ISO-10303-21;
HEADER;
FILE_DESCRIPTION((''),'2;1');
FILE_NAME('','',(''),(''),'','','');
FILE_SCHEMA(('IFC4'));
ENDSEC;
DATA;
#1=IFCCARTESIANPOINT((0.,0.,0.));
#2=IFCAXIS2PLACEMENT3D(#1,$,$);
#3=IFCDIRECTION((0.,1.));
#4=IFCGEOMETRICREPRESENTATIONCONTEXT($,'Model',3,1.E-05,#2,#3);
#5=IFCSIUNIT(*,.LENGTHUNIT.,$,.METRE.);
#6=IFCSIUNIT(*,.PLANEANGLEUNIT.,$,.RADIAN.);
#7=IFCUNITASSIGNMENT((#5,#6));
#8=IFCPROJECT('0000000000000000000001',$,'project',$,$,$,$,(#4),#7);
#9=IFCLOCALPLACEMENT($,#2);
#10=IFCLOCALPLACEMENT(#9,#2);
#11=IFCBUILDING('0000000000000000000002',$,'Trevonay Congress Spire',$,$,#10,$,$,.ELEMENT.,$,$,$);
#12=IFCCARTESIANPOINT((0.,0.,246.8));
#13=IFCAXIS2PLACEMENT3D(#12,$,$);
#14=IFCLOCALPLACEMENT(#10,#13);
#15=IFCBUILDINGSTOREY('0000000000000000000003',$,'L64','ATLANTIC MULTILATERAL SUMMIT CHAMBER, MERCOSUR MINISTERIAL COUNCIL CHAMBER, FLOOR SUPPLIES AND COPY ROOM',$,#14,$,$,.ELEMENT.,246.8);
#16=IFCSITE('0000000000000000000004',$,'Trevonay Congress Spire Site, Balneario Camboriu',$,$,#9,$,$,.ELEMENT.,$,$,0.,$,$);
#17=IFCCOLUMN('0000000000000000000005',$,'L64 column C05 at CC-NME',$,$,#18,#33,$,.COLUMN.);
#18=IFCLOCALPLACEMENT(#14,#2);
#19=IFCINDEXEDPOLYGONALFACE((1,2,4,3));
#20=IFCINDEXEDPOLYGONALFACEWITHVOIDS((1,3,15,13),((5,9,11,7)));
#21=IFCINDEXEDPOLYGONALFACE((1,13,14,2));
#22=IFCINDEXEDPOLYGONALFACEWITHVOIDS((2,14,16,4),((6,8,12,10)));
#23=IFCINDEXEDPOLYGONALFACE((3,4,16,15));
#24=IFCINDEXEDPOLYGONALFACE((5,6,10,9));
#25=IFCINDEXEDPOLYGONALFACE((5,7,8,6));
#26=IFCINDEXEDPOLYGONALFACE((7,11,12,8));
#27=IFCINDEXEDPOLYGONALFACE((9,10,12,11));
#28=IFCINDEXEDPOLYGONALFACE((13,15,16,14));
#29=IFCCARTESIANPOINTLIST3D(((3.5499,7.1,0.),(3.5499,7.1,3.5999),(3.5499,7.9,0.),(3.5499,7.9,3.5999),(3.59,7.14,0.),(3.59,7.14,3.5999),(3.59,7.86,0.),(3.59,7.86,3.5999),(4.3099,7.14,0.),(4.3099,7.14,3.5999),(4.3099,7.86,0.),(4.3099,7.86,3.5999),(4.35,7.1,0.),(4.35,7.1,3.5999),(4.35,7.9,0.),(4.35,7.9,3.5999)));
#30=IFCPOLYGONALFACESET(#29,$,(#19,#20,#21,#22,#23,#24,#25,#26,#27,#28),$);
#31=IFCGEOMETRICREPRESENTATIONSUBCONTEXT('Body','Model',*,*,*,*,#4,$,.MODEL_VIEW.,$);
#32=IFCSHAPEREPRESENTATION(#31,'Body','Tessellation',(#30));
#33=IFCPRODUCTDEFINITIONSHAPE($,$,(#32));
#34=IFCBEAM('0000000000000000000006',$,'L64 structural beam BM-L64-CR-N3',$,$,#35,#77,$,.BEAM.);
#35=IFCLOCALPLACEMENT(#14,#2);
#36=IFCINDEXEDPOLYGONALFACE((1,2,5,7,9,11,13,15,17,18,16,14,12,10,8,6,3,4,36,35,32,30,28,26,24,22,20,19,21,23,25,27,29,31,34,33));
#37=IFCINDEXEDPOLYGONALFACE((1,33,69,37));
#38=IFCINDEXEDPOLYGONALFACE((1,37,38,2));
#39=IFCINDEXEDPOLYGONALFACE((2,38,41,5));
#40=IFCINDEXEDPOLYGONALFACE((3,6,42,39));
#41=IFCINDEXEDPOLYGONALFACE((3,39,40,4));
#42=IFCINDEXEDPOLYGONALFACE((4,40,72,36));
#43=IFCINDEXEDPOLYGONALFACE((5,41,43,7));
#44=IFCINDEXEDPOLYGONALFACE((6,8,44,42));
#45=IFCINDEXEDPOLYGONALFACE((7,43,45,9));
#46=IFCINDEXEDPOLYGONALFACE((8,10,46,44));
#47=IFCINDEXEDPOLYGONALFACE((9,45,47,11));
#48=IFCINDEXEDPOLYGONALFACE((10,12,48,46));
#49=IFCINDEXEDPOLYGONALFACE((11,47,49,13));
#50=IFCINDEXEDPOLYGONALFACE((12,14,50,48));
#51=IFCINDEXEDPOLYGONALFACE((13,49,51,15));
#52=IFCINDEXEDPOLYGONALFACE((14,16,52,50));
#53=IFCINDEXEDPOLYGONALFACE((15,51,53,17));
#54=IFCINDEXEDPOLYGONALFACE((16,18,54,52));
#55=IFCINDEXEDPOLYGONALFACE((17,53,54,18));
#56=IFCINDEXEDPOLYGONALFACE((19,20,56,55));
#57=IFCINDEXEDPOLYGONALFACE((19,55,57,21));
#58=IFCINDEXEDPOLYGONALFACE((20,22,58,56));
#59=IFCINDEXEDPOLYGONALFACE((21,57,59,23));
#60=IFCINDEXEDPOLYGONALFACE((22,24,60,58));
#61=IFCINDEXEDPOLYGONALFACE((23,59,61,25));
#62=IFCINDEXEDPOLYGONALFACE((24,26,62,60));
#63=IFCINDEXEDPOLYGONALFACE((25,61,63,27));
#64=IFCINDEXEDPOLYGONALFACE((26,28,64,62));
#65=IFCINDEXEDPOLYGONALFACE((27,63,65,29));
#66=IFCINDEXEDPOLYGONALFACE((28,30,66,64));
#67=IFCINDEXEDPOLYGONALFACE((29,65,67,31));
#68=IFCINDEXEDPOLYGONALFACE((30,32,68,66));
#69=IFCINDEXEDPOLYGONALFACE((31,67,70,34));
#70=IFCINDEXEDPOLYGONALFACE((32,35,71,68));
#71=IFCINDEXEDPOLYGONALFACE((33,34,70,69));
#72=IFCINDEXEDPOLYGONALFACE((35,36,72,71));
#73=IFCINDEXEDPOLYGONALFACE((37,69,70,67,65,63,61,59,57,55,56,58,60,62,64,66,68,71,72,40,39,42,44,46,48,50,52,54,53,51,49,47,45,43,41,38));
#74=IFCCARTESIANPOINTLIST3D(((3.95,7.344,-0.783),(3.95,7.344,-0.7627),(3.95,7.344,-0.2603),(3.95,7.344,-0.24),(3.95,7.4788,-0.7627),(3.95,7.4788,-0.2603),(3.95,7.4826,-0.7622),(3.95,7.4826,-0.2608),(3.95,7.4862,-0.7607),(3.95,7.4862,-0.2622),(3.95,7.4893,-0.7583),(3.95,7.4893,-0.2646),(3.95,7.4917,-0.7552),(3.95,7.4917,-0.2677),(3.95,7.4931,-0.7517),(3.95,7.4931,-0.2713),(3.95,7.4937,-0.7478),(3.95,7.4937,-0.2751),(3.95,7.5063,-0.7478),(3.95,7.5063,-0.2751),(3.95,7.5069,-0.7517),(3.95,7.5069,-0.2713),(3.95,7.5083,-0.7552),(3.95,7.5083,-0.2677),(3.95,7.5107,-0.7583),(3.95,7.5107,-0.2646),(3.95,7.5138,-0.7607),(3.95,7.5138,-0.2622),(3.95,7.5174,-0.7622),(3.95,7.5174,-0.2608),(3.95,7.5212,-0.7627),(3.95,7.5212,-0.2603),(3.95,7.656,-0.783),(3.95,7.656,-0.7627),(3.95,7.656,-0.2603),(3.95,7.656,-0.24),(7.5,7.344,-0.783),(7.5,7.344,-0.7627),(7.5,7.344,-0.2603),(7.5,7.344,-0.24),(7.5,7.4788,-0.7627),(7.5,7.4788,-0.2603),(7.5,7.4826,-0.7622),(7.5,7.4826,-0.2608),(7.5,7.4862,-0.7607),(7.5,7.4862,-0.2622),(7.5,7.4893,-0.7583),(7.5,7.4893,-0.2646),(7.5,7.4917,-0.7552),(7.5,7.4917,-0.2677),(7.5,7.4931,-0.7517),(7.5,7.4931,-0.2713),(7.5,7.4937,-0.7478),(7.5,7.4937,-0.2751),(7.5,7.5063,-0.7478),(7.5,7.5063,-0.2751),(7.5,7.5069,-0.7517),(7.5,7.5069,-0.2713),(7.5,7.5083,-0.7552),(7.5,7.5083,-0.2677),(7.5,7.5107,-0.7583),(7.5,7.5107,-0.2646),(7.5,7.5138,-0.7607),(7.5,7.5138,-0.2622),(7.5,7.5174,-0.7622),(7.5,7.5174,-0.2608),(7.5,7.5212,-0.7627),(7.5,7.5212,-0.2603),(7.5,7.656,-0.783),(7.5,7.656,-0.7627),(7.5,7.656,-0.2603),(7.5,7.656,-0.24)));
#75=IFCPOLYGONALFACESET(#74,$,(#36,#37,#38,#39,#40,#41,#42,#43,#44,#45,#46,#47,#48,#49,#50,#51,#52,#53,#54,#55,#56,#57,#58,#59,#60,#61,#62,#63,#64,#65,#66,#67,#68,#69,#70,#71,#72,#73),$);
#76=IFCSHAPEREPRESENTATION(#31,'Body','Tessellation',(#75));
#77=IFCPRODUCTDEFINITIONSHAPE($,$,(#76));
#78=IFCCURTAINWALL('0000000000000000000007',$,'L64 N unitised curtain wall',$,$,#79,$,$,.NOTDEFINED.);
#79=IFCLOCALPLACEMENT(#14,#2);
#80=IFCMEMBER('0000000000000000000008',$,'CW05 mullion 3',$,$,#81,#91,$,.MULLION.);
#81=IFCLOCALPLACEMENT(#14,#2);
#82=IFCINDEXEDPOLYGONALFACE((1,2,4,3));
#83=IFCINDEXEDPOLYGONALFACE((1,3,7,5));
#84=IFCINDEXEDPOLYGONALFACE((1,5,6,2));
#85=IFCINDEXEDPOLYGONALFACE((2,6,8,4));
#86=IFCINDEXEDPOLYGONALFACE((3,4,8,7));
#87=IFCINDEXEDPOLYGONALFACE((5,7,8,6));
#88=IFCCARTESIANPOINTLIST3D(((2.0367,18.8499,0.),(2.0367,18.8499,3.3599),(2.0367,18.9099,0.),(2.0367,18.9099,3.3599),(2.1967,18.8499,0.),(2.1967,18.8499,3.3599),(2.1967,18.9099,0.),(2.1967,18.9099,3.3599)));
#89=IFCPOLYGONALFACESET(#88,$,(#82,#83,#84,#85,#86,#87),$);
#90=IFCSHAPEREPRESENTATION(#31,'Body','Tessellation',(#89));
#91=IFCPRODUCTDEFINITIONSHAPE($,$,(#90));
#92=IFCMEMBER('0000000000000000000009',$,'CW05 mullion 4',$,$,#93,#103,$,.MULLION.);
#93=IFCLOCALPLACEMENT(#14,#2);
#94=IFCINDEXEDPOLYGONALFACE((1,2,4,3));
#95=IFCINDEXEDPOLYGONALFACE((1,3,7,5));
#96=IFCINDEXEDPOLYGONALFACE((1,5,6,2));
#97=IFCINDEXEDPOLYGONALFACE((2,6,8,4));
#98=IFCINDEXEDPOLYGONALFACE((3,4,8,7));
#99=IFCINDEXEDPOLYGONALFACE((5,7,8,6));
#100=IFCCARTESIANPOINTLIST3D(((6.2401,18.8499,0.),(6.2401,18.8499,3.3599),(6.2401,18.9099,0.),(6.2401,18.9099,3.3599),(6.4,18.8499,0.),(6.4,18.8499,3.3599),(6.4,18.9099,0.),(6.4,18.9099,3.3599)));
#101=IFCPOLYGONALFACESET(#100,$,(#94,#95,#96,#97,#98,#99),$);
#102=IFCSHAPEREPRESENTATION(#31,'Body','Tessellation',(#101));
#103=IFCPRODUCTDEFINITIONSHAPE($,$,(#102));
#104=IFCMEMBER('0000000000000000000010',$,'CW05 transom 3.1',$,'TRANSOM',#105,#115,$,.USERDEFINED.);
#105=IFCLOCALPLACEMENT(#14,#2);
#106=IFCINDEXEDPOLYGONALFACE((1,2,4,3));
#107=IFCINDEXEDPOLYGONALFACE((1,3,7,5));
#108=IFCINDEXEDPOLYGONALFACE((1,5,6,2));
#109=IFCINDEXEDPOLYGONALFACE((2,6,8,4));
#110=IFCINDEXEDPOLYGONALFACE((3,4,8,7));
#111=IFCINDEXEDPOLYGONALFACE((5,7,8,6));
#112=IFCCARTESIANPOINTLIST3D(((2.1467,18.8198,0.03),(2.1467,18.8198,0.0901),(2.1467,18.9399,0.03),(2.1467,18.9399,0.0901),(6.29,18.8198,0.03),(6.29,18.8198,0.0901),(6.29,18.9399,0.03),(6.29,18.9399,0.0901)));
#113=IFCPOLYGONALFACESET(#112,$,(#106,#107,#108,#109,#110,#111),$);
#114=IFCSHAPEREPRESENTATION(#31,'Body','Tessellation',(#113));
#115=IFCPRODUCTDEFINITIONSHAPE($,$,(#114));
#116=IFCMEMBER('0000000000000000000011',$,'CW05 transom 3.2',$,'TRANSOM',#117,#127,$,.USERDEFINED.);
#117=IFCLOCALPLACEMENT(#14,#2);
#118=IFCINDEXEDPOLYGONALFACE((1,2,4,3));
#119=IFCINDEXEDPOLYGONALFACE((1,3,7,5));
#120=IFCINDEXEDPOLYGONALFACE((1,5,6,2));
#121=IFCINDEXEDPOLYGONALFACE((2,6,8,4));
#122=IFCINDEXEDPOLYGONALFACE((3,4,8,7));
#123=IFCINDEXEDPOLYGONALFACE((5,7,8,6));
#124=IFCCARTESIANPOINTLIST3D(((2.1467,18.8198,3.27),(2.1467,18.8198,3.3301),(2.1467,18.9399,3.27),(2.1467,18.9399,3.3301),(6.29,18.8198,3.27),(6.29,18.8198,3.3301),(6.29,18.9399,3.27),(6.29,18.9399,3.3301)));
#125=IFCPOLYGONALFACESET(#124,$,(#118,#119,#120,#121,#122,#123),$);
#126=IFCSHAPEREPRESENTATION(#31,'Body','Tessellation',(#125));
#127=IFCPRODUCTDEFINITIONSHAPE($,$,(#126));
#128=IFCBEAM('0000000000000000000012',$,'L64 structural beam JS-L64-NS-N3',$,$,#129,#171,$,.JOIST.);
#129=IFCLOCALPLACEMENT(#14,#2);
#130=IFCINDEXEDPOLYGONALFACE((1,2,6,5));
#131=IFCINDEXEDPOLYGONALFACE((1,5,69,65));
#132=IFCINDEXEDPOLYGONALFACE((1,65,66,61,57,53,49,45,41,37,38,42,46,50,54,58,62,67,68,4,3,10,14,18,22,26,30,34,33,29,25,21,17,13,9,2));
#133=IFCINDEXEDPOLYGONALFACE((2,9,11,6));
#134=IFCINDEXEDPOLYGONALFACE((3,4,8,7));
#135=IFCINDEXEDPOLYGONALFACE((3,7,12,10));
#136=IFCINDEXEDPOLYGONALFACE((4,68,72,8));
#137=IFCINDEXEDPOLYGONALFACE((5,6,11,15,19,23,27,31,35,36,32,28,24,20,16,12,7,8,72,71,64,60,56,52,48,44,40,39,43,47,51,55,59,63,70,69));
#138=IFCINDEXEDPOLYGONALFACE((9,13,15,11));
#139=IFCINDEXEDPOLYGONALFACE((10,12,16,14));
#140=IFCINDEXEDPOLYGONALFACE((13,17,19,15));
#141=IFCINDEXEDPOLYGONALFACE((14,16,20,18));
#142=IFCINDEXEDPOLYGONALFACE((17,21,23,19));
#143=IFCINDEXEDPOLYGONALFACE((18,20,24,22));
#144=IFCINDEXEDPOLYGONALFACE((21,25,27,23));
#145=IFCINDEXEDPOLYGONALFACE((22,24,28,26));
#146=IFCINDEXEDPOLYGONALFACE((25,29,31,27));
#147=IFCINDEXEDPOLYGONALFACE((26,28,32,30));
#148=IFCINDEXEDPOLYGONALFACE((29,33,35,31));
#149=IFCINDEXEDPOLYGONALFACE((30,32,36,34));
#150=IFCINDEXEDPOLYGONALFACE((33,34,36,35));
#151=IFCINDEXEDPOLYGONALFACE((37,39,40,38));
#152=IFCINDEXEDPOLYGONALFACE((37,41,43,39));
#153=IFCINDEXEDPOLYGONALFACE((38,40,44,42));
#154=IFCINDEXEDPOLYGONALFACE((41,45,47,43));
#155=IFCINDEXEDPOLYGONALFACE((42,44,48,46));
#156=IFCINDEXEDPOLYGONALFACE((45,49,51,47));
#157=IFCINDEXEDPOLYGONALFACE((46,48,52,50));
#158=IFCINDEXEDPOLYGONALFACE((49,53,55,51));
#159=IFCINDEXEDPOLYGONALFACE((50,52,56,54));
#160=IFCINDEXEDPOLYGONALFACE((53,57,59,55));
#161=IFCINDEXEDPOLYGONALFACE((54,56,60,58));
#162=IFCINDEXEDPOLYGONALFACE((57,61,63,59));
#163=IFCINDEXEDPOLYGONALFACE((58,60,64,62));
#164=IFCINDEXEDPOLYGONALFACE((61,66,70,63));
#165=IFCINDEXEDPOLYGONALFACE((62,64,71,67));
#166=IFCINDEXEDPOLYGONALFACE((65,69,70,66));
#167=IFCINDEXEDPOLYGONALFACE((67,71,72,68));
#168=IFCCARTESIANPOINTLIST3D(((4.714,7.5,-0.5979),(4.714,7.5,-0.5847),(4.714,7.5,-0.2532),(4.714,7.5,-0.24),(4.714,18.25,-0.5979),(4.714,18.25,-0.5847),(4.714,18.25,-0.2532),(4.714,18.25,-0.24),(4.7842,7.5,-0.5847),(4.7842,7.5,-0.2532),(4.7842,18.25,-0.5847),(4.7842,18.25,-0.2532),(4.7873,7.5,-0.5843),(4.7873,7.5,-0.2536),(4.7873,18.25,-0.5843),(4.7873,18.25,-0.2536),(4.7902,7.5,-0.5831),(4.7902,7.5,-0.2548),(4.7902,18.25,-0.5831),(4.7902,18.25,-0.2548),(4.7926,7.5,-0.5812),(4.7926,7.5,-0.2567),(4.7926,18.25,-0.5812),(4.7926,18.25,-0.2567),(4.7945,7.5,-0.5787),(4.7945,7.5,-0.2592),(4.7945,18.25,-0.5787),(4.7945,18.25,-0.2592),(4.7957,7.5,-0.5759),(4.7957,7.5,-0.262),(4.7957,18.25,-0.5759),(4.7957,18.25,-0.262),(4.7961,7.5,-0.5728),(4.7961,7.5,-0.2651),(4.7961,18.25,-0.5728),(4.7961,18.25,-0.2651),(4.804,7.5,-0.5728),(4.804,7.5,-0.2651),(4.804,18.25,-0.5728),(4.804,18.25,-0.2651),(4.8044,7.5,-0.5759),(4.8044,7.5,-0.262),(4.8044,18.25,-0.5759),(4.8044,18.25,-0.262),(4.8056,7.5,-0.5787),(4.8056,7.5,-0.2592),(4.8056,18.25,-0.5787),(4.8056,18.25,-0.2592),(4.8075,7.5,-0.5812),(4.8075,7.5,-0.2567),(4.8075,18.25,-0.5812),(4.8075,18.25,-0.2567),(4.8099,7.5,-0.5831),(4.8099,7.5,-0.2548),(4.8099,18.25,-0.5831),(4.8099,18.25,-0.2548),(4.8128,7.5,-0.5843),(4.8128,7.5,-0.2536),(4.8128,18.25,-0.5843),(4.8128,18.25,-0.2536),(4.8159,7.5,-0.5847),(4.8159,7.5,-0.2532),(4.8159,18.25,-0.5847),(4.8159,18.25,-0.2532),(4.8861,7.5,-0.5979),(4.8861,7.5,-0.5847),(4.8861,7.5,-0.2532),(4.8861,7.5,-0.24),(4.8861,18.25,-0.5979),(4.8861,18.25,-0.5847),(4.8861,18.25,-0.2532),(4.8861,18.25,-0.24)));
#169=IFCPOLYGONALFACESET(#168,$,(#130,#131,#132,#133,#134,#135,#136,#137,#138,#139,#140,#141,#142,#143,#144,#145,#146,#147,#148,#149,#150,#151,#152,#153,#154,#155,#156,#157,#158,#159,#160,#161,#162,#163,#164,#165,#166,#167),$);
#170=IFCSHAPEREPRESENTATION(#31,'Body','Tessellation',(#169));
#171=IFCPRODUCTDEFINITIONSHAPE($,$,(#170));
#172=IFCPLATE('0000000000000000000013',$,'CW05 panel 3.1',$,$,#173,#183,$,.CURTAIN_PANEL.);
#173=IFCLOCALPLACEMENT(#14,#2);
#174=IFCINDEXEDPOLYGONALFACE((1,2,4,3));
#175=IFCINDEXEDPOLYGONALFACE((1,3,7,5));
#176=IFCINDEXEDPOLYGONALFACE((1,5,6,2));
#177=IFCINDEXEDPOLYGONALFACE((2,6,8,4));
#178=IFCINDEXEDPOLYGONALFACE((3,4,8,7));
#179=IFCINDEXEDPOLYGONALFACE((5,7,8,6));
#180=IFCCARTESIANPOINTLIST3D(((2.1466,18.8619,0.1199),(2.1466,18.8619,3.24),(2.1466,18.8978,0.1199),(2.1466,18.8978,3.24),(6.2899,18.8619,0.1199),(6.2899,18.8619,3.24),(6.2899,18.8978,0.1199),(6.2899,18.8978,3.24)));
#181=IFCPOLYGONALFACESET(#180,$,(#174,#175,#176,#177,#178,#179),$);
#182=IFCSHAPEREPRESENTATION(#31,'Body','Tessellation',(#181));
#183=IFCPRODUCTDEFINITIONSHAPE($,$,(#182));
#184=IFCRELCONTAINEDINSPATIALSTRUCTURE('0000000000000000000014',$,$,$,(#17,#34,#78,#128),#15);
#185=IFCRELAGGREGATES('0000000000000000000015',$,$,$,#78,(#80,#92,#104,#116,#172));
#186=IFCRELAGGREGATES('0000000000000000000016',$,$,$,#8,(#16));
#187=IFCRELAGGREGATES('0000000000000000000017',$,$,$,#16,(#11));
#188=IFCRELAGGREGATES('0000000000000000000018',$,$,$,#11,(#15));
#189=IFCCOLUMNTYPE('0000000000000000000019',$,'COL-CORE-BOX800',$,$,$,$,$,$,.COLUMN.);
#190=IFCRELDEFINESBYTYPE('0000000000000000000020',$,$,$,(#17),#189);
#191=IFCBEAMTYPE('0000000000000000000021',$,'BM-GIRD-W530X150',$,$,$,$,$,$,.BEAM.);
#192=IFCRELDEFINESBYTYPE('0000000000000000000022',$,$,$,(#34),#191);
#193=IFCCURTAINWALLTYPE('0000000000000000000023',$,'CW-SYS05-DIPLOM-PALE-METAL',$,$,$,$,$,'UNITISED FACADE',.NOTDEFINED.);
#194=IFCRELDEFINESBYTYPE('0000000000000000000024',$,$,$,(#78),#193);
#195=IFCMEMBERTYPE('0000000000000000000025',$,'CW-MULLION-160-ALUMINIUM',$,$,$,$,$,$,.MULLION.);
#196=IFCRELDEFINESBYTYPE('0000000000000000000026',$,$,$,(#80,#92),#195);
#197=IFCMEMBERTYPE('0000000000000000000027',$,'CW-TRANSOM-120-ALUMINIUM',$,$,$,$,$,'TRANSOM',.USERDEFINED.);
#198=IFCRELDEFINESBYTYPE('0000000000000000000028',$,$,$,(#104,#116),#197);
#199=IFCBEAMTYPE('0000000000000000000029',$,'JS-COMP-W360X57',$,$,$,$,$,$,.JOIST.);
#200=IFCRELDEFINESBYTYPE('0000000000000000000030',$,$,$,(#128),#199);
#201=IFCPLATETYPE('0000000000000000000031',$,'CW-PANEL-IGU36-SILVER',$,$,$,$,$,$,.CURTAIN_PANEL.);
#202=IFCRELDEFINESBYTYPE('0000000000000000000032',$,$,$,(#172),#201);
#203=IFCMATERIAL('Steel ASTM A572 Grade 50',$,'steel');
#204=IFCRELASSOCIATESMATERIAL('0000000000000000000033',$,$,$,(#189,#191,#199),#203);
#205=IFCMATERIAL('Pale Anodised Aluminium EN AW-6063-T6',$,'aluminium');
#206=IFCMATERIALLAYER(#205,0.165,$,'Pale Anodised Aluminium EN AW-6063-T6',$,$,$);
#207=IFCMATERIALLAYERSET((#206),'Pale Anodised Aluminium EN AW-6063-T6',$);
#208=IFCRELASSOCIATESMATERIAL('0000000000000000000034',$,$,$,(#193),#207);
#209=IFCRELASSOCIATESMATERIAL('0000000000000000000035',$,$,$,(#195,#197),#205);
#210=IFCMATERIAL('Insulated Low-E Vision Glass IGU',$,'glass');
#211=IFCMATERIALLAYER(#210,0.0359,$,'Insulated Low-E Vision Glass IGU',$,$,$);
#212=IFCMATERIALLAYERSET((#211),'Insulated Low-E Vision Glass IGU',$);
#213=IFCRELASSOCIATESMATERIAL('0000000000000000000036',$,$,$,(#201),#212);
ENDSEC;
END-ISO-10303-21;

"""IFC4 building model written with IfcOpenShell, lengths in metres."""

from ifc_helpers import new_model, si_unit, direction, frame, origin, origin_2d, place, context, subcontext, project, spatial, rectangle, hollow_rectangle, i_section, extrude, material, layer, layer_set, material_profile, profile_set, type_object, element, aggregate, save


model = new_model("IFC4")

# Units and contexts
model_context = context("Model", 3, precision=1e-05, world=origin(), true_north=direction((0.0, 1.0)))
body_context = subcontext(model_context, "Body", "Model", "MODEL_VIEW")
ifc_project = project(units=[si_unit("LENGTHUNIT", "METRE"), si_unit("PLANEANGLEUNIT", "RADIAN")], contexts=[model_context])

# Site, building, storey
site_placement = place(None, origin())
site = spatial("IfcSite", under=ifc_project, at=site_placement, Name="Trevonay Congress Spire Site, Balneario Camboriu", CompositionType="ELEMENT", RefElevation=0.0)
building_placement = place(site_placement, origin())
building = spatial("IfcBuilding", under=site, at=building_placement, Name="Trevonay Congress Spire", CompositionType="ELEMENT")
storey_placement = place(building_placement, frame((0.0, 0.0, 246.8)))
storey = spatial("IfcBuildingStorey", under=building, at=storey_placement, Name="L64", Description="ATLANTIC MULTILATERAL SUMMIT CHAMBER, MERCOSUR MINISTERIAL COUNCIL CHAMBER, FLOOR SUPPLIES AND COPY ROOM", CompositionType="ELEMENT", Elevation=246.8)

# Column
ifc_material_1 = material(Name="Steel ASTM A572 Grade 50", Category="steel")
ifc_material_profile_1 = material_profile(ifc_material_1, hollow_rectangle(XDim=0.8, YDim=0.8, WallThickness=0.04, at=origin_2d()), Name="BOX 800x800x40")
ifc_profile_set_1 = profile_set([ifc_material_profile_1], Name="Steel ASTM A572 Grade 50")
column_type = type_object("IfcColumnType", Name="COL-CORE-BOX800", PredefinedType="COLUMN", material=ifc_profile_set_1)
column_placement = place(storey_placement, frame((3.95, 7.5, 0.0), z_axis=(0.0, 0.0, 1.0), x_axis=(1.0, 0.0, 0.0)))
element("IfcColumn", 1, at=column_placement, inside=storey, type_object=column_type, Name="L64 column C05 at CC-NME", PredefinedType="COLUMN", context=body_context, shape_type="SweptSolid", body=[
    extrude(hollow_rectangle(XDim=0.8, YDim=0.8, WallThickness=0.04, at=origin_2d()), origin(), (0.0, 0.0, 1.0), 3.5999),
])

# Beam
ifc_material_profile_2 = material_profile(ifc_material_1, i_section(OverallWidth=0.312, OverallDepth=0.543, WebThickness=0.0127, FlangeThickness=0.0203, FilletRadius=0.0149, at=origin_2d()), Name="W530x150")
ifc_profile_set_2 = profile_set([ifc_material_profile_2], Name="Steel ASTM A572 Grade 50")
beam_type_1 = type_object("IfcBeamType", Name="BM-GIRD-W530X150", PredefinedType="BEAM", material=ifc_profile_set_2)
beam_1_placement = place(storey_placement, frame((3.95, 7.5, -0.5115), z_axis=(1.0, 0.0, 0.0), x_axis=(0.0, 1.0, 0.0)))
element("IfcBeam", 2, at=beam_1_placement, inside=storey, type_object=beam_type_1, Name="L64 structural beam BM-L64-CR-N3", PredefinedType="BEAM", context=body_context, shape_type="SweptSolid", body=[
    extrude(i_section(OverallWidth=0.312, OverallDepth=0.543, WebThickness=0.0127, FlangeThickness=0.0203, FilletRadius=0.0149, at=origin_2d()), origin(), (0.0, 0.0, 1.0), 3.55),
])

# Curtain wall, members
ifc_material_2 = material(Name="Pale Anodised Aluminium EN AW-6063-T6", Category="aluminium")
ifc_layer_1 = layer(ifc_material_2, 0.165, Name="Pale Anodised Aluminium EN AW-6063-T6")
ifc_layer_set_1 = layer_set([ifc_layer_1], Name="Pale Anodised Aluminium EN AW-6063-T6")
curtain_wall_type = type_object("IfcCurtainWallType", Name="CW-SYS05-DIPLOM-PALE-METAL", ElementType="UNITISED FACADE", PredefinedType="NOTDEFINED", material=ifc_layer_set_1)
curtain_wall_placement = place(storey_placement, origin())
curtain_wall = element("IfcCurtainWall", 3, at=curtain_wall_placement, inside=storey, type_object=curtain_wall_type, Name="L64 N unitised curtain wall", PredefinedType="NOTDEFINED")
ifc_material_profile_3 = material_profile(ifc_material_2, rectangle(XDim=0.0601, YDim=0.1599, at=origin_2d()), Name="CW-MULLION-160-ALUMINIUM")
ifc_profile_set_3 = profile_set([ifc_material_profile_3], Name="Pale Anodised Aluminium EN AW-6063-T6")
member_type_1 = type_object("IfcMemberType", Name="CW-MULLION-160-ALUMINIUM", PredefinedType="MULLION", material=ifc_profile_set_3)
member_1_placement = place(storey_placement, frame((2.1167, 18.8799, 0.0), z_axis=(0.0, 0.0, 1.0), x_axis=(0.0, 1.0, 0.0)))
member_1 = element("IfcMember", 4, at=member_1_placement, type_object=member_type_1, Name="CW05 mullion 3", PredefinedType="MULLION", context=body_context, shape_type="SweptSolid", body=[
    extrude(rectangle(XDim=0.0601, YDim=0.1599, at=origin_2d()), origin(), (0.0, 0.0, 1.0), 3.3599),
])
member_2_placement = place(storey_placement, frame((6.3201, 18.8799, 0.0), z_axis=(0.0, 0.0, 1.0), x_axis=(0.0, 1.0, 0.0)))
member_2 = element("IfcMember", 5, at=member_2_placement, type_object=member_type_1, Name="CW05 mullion 4", PredefinedType="MULLION", context=body_context, shape_type="SweptSolid", body=[
    extrude(rectangle(XDim=0.0601, YDim=0.1599, at=origin_2d()), origin(), (0.0, 0.0, 1.0), 3.3599),
])
ifc_material_profile_4 = material_profile(ifc_material_2, rectangle(XDim=0.1201, YDim=0.0601, at=origin_2d()), Name="CW-TRANSOM-120-ALUMINIUM")
ifc_profile_set_4 = profile_set([ifc_material_profile_4], Name="Pale Anodised Aluminium EN AW-6063-T6")
member_type_2 = type_object("IfcMemberType", Name="CW-TRANSOM-120-ALUMINIUM", ElementType="TRANSOM", PredefinedType="USERDEFINED", material=ifc_profile_set_4)
member_3_placement = place(storey_placement, frame((2.1467, 18.8799, 0.0601), z_axis=(1.0, 0.0, 0.0), x_axis=(0.0, 1.0, 0.0)))
member_3 = element("IfcMember", 6, at=member_3_placement, type_object=member_type_2, Name="CW05 transom 3.1", ObjectType="TRANSOM", PredefinedType="USERDEFINED", context=body_context, shape_type="SweptSolid", body=[
    extrude(rectangle(XDim=0.1201, YDim=0.0601, at=origin_2d()), origin(), (0.0, 0.0, 1.0), 4.1433),
])
member_4_placement = place(storey_placement, frame((2.1467, 18.8799, 3.3), z_axis=(1.0, 0.0, 0.0), x_axis=(0.0, 1.0, 0.0)))
member_4 = element("IfcMember", 7, at=member_4_placement, type_object=member_type_2, Name="CW05 transom 3.2", ObjectType="TRANSOM", PredefinedType="USERDEFINED", context=body_context, shape_type="SweptSolid", body=[
    extrude(rectangle(XDim=0.1201, YDim=0.0601, at=origin_2d()), origin(), (0.0, 0.0, 1.0), 4.1433),
])

# Beam
ifc_material_profile_5 = material_profile(ifc_material_1, i_section(OverallWidth=0.1721, OverallDepth=0.3579, WebThickness=0.0078, FlangeThickness=0.0132, FilletRadius=0.012, at=origin_2d()), Name="W360x57.8")
ifc_profile_set_5 = profile_set([ifc_material_profile_5], Name="Steel ASTM A572 Grade 50")
beam_type_2 = type_object("IfcBeamType", Name="JS-COMP-W360X57", PredefinedType="JOIST", material=ifc_profile_set_5)
beam_2_placement = place(storey_placement, frame((4.8, 7.5, -0.4189), z_axis=(0.0, 1.0, 0.0), x_axis=(-1.0, 0.0, 0.0)))
element("IfcBeam", 8, at=beam_2_placement, inside=storey, type_object=beam_type_2, Name="L64 structural beam JS-L64-NS-N3", PredefinedType="JOIST", context=body_context, shape_type="SweptSolid", body=[
    extrude(i_section(OverallWidth=0.1721, OverallDepth=0.3579, WebThickness=0.0078, FlangeThickness=0.0132, FilletRadius=0.012, at=origin_2d()), origin(), (0.0, 0.0, 1.0), 10.75),
])

# Plate
ifc_material_3 = material(Name="Insulated Low-E Vision Glass IGU", Category="glass")
ifc_layer_2 = layer(ifc_material_3, 0.0359, Name="Insulated Low-E Vision Glass IGU")
ifc_layer_set_2 = layer_set([ifc_layer_2], Name="Insulated Low-E Vision Glass IGU")
plate_type = type_object("IfcPlateType", Name="CW-PANEL-IGU36-SILVER", PredefinedType="CURTAIN_PANEL", material=ifc_layer_set_2)
plate_placement = place(storey_placement, frame((4.2183, 18.8799, 0.1199), z_axis=(0.0, 0.0, 1.0), x_axis=(1.0, 0.0, 0.0)))
plate = element("IfcPlate", 9, at=plate_placement, type_object=plate_type, Name="CW05 panel 3.1", PredefinedType="CURTAIN_PANEL", context=body_context, shape_type="SweptSolid", body=[
    extrude(rectangle(XDim=4.1433, YDim=0.0359, at=origin_2d()), origin(), (0.0, 0.0, 1.0), 3.1201),
])
aggregate(curtain_wall, [member_1, member_2, member_3, member_4, plate])

save(model, "model.ifc")
